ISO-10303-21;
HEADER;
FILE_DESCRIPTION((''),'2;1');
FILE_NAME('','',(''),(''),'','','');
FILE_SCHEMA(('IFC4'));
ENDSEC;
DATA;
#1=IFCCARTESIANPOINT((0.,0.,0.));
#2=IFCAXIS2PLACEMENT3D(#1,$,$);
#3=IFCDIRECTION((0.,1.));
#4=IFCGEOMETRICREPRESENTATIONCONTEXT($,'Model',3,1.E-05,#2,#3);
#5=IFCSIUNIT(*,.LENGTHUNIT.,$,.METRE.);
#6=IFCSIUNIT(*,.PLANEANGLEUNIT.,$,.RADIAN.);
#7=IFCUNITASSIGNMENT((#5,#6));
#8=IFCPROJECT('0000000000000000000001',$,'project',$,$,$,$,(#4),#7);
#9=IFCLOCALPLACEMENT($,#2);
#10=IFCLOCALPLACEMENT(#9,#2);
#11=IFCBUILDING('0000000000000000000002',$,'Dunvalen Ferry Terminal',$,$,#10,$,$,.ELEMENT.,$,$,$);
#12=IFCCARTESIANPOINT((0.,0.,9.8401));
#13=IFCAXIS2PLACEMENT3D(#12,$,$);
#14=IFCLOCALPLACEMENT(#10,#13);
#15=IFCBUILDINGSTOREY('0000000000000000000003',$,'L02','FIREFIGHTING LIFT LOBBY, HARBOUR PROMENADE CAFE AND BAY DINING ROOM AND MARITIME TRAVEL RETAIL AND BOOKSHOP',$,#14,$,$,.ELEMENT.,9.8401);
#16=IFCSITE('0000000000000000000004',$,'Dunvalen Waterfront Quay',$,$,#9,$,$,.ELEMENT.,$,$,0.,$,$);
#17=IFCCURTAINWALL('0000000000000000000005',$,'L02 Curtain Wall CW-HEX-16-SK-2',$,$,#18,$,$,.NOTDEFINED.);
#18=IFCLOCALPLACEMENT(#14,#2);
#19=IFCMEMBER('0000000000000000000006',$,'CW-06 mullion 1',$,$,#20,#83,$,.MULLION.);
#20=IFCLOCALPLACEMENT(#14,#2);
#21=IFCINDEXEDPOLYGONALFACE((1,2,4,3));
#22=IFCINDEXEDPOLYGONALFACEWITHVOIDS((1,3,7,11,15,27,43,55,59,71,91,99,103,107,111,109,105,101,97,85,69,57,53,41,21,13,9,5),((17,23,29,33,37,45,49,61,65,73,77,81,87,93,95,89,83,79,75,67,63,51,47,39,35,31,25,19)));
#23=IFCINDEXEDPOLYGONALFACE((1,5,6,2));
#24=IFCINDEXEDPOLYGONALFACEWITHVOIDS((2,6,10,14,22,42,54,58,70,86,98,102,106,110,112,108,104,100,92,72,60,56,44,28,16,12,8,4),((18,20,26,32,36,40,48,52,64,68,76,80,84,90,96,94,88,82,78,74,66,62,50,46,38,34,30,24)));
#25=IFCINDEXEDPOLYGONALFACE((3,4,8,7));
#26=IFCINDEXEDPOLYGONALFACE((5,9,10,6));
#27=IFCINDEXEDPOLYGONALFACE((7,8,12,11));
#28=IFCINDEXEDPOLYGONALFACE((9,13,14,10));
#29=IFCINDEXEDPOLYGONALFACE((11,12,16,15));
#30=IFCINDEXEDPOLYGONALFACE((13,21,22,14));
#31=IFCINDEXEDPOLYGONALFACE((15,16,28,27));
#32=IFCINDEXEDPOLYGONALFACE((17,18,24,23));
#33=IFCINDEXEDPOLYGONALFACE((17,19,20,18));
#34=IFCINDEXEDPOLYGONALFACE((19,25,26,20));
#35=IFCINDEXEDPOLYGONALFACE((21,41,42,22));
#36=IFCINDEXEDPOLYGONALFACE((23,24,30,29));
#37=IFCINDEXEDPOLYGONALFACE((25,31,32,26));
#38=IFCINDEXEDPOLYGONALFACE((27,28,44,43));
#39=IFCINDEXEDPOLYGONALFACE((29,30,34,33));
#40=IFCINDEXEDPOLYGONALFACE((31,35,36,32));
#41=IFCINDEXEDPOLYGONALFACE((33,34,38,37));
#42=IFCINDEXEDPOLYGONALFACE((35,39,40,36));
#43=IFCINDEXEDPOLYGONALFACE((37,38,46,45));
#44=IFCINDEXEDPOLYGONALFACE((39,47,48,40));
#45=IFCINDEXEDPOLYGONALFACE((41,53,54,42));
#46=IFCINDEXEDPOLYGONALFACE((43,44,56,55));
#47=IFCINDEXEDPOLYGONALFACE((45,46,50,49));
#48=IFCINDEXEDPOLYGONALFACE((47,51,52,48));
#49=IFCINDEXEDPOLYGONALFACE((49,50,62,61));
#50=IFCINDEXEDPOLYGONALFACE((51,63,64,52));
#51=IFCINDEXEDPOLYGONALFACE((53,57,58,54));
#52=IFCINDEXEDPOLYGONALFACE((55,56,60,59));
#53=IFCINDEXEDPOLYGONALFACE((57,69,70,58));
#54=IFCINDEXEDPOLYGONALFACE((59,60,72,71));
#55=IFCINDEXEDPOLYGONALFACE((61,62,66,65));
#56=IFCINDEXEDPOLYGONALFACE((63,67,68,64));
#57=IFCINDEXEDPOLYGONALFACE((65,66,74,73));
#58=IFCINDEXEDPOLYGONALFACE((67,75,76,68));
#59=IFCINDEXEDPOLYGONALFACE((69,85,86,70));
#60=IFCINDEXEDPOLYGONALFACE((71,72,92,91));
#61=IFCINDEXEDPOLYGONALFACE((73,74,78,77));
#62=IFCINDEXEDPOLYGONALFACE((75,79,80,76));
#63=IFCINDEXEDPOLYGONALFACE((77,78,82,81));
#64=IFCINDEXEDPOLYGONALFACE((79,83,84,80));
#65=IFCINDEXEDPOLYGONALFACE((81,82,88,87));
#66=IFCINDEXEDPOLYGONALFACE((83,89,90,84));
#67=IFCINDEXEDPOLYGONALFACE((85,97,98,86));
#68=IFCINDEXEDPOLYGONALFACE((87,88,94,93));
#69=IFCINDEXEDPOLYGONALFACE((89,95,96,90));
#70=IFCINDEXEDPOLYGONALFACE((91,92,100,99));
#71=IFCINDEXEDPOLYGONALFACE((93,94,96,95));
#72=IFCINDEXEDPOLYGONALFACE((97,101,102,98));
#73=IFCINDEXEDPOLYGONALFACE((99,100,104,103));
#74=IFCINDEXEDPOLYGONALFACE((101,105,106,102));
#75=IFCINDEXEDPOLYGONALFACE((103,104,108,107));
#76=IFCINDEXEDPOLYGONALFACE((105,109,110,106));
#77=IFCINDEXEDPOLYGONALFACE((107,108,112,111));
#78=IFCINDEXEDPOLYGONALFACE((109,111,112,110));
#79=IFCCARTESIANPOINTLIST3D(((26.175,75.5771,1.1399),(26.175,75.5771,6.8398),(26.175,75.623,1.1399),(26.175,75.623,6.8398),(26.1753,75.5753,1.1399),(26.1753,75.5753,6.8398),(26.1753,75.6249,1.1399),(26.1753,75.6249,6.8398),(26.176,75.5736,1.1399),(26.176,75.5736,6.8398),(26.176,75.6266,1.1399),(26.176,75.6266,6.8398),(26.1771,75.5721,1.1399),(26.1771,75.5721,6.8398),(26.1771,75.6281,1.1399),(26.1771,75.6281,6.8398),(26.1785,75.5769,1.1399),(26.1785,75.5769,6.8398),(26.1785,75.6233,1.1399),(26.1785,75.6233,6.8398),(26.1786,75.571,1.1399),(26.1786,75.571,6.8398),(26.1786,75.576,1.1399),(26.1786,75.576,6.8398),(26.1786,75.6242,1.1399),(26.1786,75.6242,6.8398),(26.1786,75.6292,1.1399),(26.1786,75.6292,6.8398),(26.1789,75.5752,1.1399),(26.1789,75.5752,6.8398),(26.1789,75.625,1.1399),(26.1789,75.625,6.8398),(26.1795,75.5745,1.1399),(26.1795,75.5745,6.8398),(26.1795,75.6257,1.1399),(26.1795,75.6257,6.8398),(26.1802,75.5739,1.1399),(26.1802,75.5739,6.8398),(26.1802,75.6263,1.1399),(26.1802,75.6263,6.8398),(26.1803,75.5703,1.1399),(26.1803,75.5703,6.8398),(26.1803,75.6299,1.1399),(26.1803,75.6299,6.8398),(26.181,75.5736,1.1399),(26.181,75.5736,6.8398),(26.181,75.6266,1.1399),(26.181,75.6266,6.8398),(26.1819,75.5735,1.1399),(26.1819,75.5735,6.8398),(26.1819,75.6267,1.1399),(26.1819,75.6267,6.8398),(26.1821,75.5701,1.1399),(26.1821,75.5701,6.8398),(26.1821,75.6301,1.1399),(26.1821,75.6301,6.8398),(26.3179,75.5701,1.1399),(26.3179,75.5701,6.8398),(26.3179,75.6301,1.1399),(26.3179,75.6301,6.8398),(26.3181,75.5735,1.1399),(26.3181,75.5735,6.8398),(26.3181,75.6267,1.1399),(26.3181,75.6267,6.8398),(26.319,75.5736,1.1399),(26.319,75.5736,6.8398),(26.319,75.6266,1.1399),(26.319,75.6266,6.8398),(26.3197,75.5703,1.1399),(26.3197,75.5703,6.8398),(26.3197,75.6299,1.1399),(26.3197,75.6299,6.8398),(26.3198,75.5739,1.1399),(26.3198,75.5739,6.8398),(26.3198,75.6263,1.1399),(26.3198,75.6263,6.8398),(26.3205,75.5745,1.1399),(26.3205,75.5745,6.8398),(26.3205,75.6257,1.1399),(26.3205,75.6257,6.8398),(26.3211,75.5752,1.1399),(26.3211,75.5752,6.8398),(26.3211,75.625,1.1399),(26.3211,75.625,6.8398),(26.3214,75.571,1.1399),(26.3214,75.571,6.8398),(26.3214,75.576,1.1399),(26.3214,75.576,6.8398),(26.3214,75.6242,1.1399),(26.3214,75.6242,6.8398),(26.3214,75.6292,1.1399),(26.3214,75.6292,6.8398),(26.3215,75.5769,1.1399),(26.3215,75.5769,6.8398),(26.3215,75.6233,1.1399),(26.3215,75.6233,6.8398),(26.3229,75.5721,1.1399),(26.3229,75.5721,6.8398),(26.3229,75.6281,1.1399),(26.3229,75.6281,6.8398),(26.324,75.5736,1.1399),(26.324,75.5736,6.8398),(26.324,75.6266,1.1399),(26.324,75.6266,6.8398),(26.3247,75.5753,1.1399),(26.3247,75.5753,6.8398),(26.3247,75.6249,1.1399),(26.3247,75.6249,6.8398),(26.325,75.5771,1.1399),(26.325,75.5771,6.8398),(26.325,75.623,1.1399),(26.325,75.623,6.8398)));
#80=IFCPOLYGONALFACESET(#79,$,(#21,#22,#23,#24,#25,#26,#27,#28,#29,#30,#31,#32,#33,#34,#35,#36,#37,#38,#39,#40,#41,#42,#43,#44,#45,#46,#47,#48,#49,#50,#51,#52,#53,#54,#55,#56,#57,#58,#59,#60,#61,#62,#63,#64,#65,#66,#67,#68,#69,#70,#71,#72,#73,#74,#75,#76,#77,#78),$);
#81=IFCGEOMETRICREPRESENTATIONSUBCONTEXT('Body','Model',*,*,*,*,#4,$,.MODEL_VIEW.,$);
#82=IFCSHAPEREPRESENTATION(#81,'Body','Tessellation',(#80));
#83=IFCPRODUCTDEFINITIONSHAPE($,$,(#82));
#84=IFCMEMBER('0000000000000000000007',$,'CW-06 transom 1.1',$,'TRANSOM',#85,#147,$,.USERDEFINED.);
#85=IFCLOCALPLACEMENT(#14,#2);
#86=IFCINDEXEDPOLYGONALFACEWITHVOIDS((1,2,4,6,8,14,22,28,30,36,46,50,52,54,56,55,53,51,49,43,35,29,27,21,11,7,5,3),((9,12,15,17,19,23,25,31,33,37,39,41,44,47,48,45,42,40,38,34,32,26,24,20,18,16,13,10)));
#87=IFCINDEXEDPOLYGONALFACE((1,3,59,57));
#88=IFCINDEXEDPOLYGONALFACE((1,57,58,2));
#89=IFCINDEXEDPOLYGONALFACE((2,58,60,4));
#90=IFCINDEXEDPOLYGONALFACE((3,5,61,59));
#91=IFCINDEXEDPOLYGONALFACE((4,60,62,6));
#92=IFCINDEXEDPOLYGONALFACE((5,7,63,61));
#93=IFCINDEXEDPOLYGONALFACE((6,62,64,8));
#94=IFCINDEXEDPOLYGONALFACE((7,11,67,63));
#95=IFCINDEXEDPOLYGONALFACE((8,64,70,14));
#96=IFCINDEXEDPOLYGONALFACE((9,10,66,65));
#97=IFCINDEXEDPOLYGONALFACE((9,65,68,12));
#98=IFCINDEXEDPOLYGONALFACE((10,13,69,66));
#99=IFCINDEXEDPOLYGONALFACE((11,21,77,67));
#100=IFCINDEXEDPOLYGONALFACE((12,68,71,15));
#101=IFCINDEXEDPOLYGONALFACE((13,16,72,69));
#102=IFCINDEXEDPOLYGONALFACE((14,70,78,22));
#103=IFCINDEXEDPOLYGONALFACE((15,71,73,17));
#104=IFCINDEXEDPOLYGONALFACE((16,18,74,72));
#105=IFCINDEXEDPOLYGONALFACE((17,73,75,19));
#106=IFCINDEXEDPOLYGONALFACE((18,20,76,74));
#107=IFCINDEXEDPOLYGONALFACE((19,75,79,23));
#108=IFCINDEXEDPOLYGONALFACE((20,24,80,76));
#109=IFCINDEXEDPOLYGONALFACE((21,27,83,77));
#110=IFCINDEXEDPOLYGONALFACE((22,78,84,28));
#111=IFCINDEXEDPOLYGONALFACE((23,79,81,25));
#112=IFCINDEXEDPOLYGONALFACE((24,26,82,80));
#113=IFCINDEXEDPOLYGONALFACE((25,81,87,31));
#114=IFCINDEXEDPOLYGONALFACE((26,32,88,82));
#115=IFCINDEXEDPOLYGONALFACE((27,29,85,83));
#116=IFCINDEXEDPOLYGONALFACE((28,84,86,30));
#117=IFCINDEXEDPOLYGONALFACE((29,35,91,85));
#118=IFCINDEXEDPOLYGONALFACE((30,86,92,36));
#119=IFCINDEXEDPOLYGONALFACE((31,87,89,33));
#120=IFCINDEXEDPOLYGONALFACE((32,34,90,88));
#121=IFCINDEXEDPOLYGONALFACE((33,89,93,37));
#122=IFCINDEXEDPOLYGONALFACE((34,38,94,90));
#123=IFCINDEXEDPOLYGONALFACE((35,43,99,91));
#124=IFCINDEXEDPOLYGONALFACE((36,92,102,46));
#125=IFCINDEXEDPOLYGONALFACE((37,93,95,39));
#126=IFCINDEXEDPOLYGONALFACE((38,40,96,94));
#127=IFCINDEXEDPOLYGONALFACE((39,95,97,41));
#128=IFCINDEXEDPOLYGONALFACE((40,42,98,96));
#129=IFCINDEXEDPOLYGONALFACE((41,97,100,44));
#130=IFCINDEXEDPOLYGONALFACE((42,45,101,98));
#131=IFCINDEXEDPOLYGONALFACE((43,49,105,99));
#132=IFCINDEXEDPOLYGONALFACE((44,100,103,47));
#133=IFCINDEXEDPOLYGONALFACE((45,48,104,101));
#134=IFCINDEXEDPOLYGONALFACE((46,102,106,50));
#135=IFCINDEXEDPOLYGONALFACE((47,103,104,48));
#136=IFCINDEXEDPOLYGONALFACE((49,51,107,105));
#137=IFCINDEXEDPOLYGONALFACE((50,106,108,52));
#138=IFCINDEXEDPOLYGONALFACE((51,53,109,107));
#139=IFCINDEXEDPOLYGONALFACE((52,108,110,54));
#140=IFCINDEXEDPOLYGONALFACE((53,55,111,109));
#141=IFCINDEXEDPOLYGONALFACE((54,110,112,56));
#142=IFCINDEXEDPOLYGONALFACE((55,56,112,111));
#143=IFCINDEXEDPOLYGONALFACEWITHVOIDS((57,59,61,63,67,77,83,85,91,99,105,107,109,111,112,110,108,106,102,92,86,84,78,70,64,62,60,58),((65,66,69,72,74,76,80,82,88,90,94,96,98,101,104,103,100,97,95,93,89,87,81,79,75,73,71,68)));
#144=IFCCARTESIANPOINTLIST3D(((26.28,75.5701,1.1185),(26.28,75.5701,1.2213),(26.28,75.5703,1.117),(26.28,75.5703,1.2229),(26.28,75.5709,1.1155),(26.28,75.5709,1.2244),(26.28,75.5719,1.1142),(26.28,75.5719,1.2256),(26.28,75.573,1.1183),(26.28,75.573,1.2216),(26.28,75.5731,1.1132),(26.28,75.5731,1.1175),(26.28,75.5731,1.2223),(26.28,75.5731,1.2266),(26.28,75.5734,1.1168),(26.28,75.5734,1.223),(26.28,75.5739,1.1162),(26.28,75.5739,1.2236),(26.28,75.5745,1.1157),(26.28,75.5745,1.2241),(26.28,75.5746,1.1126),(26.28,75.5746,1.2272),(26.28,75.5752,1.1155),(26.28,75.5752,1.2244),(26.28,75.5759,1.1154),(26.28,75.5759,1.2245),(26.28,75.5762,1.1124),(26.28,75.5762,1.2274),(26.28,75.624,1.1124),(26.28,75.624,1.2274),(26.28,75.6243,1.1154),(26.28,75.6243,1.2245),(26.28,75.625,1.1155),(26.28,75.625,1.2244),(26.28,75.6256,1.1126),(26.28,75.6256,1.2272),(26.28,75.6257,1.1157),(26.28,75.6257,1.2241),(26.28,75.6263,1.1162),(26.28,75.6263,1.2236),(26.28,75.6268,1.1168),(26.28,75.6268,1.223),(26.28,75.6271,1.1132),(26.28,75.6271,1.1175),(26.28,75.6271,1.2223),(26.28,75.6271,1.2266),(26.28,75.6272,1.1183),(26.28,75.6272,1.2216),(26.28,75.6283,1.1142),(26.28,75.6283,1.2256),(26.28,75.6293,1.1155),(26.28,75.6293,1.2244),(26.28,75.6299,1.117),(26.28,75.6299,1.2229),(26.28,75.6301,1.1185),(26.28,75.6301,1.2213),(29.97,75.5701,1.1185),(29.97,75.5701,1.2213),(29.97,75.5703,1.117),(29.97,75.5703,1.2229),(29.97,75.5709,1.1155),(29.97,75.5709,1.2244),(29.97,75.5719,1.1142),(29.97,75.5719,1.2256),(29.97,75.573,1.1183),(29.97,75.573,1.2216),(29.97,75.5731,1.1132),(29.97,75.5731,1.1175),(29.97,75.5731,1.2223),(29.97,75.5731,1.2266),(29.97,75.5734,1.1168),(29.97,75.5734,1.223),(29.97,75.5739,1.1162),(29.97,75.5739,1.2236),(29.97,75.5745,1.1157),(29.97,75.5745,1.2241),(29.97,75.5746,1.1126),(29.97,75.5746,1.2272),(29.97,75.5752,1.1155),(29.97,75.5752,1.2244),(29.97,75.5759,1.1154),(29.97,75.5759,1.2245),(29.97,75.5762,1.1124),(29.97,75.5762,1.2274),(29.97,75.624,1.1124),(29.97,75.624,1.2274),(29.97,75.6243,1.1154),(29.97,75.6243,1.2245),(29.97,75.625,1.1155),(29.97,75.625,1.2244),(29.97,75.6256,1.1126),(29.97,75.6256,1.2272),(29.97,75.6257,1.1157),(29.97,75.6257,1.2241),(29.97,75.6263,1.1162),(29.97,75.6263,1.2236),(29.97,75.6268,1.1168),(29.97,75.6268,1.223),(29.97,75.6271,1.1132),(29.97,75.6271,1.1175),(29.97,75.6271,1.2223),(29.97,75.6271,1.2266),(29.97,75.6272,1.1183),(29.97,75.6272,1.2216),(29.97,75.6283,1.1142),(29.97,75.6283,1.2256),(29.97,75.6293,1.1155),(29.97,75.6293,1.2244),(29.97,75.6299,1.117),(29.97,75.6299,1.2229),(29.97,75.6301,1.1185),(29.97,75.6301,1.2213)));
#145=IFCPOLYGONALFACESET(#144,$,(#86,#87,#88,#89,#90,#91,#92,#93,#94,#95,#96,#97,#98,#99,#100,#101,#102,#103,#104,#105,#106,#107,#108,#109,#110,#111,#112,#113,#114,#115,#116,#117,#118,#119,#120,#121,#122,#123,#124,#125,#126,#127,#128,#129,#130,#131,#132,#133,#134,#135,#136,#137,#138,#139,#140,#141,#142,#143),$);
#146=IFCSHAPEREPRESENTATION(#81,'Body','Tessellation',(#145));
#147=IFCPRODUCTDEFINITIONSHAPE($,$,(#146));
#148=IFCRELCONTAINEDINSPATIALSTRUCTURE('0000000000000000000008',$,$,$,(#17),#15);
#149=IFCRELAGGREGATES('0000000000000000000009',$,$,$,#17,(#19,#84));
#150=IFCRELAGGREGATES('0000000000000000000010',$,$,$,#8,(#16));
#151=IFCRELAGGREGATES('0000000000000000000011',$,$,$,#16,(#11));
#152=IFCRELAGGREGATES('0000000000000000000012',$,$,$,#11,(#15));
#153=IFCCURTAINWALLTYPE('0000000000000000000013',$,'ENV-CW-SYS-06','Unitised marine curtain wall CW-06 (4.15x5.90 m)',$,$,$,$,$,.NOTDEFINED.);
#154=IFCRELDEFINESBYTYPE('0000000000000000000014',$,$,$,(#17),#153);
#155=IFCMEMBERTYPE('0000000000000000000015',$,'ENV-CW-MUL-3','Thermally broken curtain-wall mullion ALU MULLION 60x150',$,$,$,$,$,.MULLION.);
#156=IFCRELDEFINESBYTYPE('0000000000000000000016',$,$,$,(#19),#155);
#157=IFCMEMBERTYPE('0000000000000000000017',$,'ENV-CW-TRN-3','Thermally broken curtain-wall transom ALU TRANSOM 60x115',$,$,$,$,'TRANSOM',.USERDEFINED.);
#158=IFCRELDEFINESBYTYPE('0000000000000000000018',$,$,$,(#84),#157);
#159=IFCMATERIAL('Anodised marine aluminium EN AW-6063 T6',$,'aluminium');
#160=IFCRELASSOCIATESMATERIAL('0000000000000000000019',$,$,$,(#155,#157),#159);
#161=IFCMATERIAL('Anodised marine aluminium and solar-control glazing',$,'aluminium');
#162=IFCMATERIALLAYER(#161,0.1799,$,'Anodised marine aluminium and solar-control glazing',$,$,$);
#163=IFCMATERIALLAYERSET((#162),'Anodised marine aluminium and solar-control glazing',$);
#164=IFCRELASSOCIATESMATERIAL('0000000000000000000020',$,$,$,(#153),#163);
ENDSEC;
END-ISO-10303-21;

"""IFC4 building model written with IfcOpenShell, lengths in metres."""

from ifc_helpers import new_model, si_unit, direction, frame, origin, origin_2d, place, context, subcontext, project, spatial, hollow_rectangle, extrude, material, layer, layer_set, material_profile, profile_set, type_object, element, aggregate, save


model = new_model("IFC4")

# Units and contexts
model_context = context("Model", 3, precision=1e-05, world=origin(), true_north=direction((0.0, 1.0)))
body_context = subcontext(model_context, "Body", "Model", "MODEL_VIEW")
ifc_project = project(units=[si_unit("LENGTHUNIT", "METRE"), si_unit("PLANEANGLEUNIT", "RADIAN")], contexts=[model_context])

# Site, building, storey
site_placement = place(None, origin())
site = spatial("IfcSite", under=ifc_project, at=site_placement, Name="Dunvalen Waterfront Quay", CompositionType="ELEMENT", RefElevation=0.0)
building_placement = place(site_placement, origin())
building = spatial("IfcBuilding", under=site, at=building_placement, Name="Dunvalen Ferry Terminal", CompositionType="ELEMENT")
storey_placement = place(building_placement, frame((0.0, 0.0, 9.8401)))
storey = spatial("IfcBuildingStorey", under=building, at=storey_placement, Name="L02", Description="FIREFIGHTING LIFT LOBBY, HARBOUR PROMENADE CAFE AND BAY DINING ROOM AND MARITIME TRAVEL RETAIL AND BOOKSHOP", CompositionType="ELEMENT", Elevation=9.8401)

# Shared definitions
ifc_material_1 = material(Name="Anodised marine aluminium and solar-control glazing", Category="aluminium")
ifc_material_2 = material(Name="Anodised marine aluminium EN AW-6063 T6", Category="aluminium")
ifc_material_profile_1 = material_profile(ifc_material_2, hollow_rectangle(XDim=0.0601, YDim=0.1499, WallThickness=0.0034, InnerFilletRadius=0.0034, OuterFilletRadius=0.0071, at=origin_2d()), Name="Anodised marine aluminium EN AW-6063 T6")
ifc_profile_set_1 = profile_set([ifc_material_profile_1], Name="Anodised marine aluminium EN AW-6063 T6")
member_type_1 = type_object("IfcMemberType", Name="ENV-CW-MUL-3", Description="Thermally broken curtain-wall mullion ALU MULLION 60x150", PredefinedType="MULLION", material=ifc_profile_set_1)
ifc_layer_1 = layer(ifc_material_1, 0.1799, Name="Anodised marine aluminium and solar-control glazing")
ifc_layer_set_1 = layer_set([ifc_layer_1], Name="Anodised marine aluminium and solar-control glazing")
curtain_wall_type_1 = type_object("IfcCurtainWallType", Name="ENV-CW-SYS-06", Description="Unitised marine curtain wall CW-06 (4.15x5.90 m)", PredefinedType="NOTDEFINED", material=ifc_layer_set_1)

# Curtain wall, members
curtain_wall_1_placement = place(storey_placement, origin())
curtain_wall_1 = element("IfcCurtainWall", 1, at=curtain_wall_1_placement, inside=storey, type_object=curtain_wall_type_1, Name="L02 Curtain Wall CW-HEX-16-SK-2", PredefinedType="NOTDEFINED")
member_1_placement = place(storey_placement, frame((26.25, 75.6001, 1.1399), z_axis=(0.0, 0.0, 1.0), x_axis=(0.0, 1.0, 0.0)))
member_1 = element("IfcMember", 2, at=member_1_placement, type_object=member_type_1, Name="CW-06 mullion 1", PredefinedType="MULLION", context=body_context, shape_type="SweptSolid", body=[
    extrude(hollow_rectangle(XDim=0.0601, YDim=0.1499, WallThickness=0.0034, InnerFilletRadius=0.0034, OuterFilletRadius=0.0071, at=origin_2d()), origin(), (0.0, 0.0, 1.0), 5.7),
])
ifc_material_profile_2 = material_profile(ifc_material_2, hollow_rectangle(XDim=0.0601, YDim=0.115, WallThickness=0.0029, InnerFilletRadius=0.0029, OuterFilletRadius=0.0061, at=origin_2d()), Name="Anodised marine aluminium EN AW-6063 T6")
ifc_profile_set_2 = profile_set([ifc_material_profile_2], Name="Anodised marine aluminium EN AW-6063 T6")
member_type_2 = type_object("IfcMemberType", Name="ENV-CW-TRN-3", Description="Thermally broken curtain-wall transom ALU TRANSOM 60x115", ElementType="TRANSOM", PredefinedType="USERDEFINED", material=ifc_profile_set_2)
member_2_placement = place(storey_placement, frame((26.28, 75.6001, 1.1699), z_axis=(1.0, 0.0, 0.0), x_axis=(0.0, 1.0, 0.0)))
member_2 = element("IfcMember", 3, at=member_2_placement, type_object=member_type_2, Name="CW-06 transom 1.1", ObjectType="TRANSOM", PredefinedType="USERDEFINED", context=body_context, shape_type="SweptSolid", body=[
    extrude(hollow_rectangle(XDim=0.0601, YDim=0.115, WallThickness=0.0029, InnerFilletRadius=0.0029, OuterFilletRadius=0.0061, at=origin_2d()), origin(), (0.0, 0.0, 1.0), 3.6899),
])
aggregate(curtain_wall_1, [member_1, member_2])

save(model, "model.ifc")
